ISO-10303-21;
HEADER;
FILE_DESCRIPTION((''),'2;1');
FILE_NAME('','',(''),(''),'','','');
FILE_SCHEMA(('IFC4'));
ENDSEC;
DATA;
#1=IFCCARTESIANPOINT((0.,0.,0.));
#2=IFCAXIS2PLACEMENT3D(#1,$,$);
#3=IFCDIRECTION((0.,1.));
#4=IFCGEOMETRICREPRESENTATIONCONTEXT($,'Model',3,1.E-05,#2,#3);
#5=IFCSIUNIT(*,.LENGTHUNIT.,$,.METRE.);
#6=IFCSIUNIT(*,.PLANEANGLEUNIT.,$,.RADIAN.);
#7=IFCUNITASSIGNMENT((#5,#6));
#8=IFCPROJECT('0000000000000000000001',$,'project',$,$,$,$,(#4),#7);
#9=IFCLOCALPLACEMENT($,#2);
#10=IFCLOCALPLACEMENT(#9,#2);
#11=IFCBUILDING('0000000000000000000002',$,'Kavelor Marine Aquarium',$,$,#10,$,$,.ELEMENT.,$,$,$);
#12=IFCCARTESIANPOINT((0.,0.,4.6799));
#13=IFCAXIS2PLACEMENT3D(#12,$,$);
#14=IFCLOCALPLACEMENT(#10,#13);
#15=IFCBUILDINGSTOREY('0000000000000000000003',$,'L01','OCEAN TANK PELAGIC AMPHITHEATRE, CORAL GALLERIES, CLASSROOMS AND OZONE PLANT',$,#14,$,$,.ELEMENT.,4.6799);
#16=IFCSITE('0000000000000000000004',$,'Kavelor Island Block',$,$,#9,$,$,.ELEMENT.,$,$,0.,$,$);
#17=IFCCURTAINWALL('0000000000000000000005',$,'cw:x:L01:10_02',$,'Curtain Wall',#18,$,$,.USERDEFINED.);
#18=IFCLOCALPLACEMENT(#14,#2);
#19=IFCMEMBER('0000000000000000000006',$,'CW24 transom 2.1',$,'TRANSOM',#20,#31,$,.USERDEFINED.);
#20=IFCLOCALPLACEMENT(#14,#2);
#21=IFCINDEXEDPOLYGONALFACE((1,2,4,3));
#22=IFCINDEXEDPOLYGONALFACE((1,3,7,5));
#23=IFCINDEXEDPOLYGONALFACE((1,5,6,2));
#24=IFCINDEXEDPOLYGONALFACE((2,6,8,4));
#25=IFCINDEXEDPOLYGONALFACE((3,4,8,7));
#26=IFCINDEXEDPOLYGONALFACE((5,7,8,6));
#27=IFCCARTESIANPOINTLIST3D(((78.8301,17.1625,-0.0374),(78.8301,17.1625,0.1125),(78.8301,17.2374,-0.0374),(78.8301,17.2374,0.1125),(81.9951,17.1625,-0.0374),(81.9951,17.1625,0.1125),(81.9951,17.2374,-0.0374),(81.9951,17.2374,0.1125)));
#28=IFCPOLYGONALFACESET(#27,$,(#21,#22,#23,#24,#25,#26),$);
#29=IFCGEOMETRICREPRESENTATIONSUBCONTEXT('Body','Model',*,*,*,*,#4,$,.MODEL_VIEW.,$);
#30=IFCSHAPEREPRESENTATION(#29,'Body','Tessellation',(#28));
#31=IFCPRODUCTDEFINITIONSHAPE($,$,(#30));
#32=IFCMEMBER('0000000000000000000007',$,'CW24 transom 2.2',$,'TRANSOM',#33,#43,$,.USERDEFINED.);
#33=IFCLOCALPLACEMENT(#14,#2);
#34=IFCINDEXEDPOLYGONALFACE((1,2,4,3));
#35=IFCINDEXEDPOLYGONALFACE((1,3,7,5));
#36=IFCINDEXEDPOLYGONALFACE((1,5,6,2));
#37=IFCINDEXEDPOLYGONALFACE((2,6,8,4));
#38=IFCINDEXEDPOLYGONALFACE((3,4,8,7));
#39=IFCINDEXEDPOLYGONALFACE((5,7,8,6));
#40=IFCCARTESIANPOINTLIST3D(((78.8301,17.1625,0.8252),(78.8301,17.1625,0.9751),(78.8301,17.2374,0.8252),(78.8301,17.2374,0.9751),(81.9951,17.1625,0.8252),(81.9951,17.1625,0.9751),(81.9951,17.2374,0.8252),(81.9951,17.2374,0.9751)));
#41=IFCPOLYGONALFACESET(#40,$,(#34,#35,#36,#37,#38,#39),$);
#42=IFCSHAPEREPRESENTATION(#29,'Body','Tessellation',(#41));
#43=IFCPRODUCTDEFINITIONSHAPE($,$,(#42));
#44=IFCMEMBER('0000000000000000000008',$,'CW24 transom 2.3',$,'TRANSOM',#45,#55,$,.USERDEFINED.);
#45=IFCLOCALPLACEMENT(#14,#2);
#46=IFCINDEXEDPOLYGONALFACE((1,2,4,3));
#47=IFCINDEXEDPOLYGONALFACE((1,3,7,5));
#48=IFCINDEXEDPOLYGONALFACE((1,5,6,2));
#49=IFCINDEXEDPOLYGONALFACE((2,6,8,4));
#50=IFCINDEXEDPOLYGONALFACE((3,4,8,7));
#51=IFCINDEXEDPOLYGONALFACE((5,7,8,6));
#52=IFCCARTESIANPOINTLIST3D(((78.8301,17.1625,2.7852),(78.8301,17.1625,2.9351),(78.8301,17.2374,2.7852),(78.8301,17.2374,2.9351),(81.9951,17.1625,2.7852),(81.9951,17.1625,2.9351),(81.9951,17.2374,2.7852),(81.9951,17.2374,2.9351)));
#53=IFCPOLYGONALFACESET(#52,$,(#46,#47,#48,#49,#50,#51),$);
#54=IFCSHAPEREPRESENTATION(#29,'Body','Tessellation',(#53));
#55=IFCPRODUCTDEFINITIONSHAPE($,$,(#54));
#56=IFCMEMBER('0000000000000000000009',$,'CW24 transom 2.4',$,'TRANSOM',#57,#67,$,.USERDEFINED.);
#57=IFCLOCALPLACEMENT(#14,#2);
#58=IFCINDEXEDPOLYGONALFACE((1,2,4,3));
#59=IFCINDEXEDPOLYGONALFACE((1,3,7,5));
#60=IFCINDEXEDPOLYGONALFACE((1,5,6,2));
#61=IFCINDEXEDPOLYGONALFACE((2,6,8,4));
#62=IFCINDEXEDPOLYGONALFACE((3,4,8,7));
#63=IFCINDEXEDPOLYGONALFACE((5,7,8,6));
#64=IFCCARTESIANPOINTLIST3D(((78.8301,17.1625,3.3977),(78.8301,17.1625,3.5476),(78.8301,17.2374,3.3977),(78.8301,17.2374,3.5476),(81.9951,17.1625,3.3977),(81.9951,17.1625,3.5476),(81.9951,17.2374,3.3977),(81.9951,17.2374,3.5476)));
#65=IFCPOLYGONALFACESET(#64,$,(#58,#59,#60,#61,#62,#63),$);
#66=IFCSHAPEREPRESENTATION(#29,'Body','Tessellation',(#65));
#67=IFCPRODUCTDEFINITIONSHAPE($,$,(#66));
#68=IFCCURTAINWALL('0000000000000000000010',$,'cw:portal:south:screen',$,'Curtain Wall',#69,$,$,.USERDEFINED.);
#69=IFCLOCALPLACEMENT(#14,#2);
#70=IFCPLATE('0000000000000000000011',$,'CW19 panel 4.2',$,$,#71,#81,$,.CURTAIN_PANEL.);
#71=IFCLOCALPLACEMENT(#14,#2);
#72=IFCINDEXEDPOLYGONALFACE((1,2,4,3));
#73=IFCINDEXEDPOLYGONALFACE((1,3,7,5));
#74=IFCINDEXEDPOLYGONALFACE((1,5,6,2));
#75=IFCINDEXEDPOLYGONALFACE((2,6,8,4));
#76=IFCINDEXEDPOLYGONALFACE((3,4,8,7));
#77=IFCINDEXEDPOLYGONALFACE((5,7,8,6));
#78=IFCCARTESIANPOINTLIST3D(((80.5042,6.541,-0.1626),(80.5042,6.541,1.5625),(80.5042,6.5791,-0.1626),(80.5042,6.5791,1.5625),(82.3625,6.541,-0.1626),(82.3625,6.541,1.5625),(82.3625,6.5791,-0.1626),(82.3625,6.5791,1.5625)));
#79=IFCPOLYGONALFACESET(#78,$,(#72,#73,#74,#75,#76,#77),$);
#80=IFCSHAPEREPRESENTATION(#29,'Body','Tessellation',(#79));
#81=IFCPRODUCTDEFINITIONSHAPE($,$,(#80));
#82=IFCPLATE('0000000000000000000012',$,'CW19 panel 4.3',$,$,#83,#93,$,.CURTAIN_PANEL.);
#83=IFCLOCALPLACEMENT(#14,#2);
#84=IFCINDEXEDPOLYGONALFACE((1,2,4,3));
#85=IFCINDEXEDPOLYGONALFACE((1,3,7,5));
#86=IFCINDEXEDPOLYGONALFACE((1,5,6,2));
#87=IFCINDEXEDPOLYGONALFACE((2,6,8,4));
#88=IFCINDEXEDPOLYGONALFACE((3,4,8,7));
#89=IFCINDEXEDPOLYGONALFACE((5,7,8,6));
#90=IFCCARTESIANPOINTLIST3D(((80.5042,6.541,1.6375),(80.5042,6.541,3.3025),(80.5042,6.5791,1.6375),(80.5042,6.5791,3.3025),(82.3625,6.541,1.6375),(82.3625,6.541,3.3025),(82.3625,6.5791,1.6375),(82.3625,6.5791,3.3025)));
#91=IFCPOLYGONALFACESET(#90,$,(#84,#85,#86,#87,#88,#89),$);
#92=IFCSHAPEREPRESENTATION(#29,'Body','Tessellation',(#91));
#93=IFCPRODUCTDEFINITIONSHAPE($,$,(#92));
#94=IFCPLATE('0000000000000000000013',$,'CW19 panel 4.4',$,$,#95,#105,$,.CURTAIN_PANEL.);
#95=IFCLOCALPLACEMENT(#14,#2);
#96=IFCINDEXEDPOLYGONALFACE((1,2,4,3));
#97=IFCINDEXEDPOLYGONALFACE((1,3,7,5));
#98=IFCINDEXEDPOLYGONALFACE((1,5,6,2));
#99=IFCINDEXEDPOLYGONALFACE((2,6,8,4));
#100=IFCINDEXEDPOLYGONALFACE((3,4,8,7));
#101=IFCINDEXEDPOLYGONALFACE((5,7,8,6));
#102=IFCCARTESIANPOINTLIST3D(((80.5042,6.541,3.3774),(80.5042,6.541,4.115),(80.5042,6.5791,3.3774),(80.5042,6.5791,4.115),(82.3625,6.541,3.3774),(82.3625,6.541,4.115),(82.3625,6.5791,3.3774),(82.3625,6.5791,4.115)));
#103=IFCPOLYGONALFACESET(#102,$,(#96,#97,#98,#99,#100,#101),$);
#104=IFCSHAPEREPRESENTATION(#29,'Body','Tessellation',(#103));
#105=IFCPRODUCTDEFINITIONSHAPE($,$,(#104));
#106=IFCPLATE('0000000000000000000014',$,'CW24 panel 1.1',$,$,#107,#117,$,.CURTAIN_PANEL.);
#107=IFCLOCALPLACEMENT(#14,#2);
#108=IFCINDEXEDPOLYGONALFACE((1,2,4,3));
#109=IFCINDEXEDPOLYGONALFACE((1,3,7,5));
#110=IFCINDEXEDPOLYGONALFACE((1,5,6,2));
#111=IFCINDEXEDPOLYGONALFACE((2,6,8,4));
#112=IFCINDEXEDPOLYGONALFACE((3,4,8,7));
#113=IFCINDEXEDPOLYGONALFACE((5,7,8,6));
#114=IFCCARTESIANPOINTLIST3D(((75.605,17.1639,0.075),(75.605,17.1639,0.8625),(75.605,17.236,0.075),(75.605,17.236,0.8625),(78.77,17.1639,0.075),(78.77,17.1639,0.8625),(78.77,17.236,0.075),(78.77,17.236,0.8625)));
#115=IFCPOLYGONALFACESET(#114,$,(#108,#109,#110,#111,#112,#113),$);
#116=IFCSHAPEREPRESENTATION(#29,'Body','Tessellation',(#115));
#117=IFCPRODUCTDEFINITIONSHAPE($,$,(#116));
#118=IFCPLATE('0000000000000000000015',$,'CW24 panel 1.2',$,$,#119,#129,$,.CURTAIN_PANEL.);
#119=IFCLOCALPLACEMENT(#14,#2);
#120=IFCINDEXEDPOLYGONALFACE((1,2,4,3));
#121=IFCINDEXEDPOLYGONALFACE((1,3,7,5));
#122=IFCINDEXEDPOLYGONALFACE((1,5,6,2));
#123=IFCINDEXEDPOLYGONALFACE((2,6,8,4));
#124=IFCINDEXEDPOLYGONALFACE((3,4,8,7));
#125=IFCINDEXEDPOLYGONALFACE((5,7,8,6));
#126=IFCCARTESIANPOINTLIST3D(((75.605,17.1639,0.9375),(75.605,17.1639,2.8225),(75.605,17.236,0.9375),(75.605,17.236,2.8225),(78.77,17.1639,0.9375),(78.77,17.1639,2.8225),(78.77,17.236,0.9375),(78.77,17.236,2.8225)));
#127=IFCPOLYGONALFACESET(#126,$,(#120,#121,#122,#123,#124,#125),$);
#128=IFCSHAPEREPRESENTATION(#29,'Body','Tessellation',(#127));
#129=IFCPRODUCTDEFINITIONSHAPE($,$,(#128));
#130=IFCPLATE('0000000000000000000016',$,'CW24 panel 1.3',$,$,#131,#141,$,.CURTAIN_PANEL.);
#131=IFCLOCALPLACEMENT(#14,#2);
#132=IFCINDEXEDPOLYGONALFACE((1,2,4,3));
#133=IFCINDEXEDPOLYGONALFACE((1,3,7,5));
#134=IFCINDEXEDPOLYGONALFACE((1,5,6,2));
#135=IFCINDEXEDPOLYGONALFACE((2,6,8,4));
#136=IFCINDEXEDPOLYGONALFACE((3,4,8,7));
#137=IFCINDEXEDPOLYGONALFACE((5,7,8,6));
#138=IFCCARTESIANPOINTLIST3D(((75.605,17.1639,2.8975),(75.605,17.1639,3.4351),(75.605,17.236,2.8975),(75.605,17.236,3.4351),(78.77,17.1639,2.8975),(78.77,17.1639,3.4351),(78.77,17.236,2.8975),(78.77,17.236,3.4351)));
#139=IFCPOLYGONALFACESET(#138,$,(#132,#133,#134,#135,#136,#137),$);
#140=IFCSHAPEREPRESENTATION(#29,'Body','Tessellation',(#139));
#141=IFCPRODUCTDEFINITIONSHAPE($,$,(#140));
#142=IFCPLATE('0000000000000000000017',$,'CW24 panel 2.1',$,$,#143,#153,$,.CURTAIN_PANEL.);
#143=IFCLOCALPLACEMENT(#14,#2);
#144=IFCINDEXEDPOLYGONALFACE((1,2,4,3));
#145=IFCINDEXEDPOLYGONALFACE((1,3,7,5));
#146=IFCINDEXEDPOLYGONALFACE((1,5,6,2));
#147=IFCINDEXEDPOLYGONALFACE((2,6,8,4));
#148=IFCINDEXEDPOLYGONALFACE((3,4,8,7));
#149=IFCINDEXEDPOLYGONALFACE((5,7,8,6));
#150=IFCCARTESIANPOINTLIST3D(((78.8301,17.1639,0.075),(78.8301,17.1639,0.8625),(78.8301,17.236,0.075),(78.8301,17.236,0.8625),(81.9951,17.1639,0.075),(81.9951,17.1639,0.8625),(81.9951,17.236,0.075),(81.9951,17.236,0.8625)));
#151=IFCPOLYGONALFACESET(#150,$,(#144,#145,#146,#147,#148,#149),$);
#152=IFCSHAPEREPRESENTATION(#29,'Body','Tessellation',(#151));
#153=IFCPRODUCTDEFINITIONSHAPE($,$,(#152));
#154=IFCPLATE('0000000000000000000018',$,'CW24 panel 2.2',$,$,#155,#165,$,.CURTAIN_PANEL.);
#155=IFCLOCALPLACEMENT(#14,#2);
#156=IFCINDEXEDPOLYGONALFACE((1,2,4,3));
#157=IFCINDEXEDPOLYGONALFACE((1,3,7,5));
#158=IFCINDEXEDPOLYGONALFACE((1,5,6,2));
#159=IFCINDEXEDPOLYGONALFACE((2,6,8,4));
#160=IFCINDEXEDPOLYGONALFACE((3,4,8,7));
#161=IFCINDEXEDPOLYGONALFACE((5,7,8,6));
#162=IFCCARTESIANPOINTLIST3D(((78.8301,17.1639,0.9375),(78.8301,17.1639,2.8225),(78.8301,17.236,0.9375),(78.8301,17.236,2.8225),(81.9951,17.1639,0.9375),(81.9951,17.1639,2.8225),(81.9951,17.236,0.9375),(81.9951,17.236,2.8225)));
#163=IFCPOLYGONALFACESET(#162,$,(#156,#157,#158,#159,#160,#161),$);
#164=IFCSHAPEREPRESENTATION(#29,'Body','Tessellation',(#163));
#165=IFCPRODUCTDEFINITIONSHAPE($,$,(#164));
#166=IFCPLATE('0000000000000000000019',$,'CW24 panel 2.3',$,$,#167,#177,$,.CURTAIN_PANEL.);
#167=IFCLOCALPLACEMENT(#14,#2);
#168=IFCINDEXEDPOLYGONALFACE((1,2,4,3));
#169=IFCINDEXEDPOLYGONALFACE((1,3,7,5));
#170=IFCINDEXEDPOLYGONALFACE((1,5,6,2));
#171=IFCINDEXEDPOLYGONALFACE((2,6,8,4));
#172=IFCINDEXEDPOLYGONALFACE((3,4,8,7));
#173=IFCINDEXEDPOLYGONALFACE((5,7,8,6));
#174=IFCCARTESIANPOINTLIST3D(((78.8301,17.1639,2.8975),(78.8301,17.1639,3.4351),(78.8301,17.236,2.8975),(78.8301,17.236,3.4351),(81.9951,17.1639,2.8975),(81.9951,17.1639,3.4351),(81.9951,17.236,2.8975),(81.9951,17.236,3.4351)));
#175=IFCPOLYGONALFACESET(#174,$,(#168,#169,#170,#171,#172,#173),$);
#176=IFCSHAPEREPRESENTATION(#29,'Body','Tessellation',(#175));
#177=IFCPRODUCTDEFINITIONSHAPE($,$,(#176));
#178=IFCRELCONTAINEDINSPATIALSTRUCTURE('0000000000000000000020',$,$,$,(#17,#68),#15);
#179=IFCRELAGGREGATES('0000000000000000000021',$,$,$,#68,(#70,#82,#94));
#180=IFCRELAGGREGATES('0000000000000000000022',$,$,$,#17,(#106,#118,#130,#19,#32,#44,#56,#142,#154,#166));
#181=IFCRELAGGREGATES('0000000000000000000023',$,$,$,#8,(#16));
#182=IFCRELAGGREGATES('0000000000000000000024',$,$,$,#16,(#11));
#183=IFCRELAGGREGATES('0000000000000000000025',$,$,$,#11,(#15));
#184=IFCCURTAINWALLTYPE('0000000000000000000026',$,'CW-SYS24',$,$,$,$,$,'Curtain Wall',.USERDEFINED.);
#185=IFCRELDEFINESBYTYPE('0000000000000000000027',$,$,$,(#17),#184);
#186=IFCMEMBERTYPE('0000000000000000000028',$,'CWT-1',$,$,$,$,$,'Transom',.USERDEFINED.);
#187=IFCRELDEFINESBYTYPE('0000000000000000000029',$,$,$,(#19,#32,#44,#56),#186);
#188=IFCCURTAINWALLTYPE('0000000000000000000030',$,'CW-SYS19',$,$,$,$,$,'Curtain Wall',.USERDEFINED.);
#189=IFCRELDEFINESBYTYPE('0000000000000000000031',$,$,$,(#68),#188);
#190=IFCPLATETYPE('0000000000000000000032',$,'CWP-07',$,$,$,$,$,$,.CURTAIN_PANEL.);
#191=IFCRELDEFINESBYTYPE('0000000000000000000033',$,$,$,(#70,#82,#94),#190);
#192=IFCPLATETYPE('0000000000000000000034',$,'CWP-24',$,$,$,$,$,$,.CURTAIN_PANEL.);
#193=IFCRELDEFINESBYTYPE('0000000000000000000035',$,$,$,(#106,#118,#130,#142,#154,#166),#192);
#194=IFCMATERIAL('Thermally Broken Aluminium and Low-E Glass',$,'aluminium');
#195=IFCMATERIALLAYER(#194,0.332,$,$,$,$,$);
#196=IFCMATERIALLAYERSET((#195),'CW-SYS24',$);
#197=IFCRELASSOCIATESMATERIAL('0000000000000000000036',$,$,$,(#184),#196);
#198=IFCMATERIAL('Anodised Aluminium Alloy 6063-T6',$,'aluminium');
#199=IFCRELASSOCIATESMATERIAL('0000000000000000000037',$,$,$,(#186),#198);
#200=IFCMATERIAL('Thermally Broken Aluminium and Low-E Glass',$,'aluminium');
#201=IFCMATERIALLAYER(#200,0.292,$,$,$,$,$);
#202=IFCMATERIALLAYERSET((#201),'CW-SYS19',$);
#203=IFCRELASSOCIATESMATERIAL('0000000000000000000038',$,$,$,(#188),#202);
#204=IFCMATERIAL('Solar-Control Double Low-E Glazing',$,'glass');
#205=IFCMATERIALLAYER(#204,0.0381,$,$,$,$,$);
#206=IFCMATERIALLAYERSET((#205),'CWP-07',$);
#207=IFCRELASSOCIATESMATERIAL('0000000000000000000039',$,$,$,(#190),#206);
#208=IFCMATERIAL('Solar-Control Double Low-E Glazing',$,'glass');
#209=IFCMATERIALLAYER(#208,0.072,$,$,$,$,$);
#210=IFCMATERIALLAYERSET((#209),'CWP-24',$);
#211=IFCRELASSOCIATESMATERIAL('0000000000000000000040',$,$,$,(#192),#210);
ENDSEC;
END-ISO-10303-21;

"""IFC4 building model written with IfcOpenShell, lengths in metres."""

from ifc_helpers import new_model, si_unit, direction, frame, origin, origin_2d, place, context, subcontext, project, spatial, rectangle, extrude, material, layer, layer_set, material_profile, profile_set, type_object, element, aggregate, save


model = new_model("IFC4")

# Units and contexts
model_context = context("Model", 3, precision=1e-05, world=origin(), true_north=direction((0.0, 1.0)))
body_context = subcontext(model_context, "Body", "Model", "MODEL_VIEW")
ifc_project = project(units=[si_unit("LENGTHUNIT", "METRE"), si_unit("PLANEANGLEUNIT", "RADIAN")], contexts=[model_context])

# Site, building, storey
site_placement = place(None, origin())
site = spatial("IfcSite", under=ifc_project, at=site_placement, Name="Kavelor Island Block", CompositionType="ELEMENT", RefElevation=0.0)
building_placement = place(site_placement, origin())
building = spatial("IfcBuilding", under=site, at=building_placement, Name="Kavelor Marine Aquarium", CompositionType="ELEMENT")
storey_placement = place(building_placement, frame((0.0, 0.0, 4.6799)))
storey = spatial("IfcBuildingStorey", under=building, at=storey_placement, Name="L01", Description="OCEAN TANK PELAGIC AMPHITHEATRE, CORAL GALLERIES, CLASSROOMS AND OZONE PLANT", CompositionType="ELEMENT", Elevation=4.6799)

# Curtain wall, members
ifc_material_1 = material(Name="Thermally Broken Aluminium and Low-E Glass", Category="aluminium")
ifc_layer_1 = layer(ifc_material_1, 0.332)
ifc_layer_set_1 = layer_set([ifc_layer_1], Name="CW-SYS24")
curtain_wall_type_1 = type_object("IfcCurtainWallType", Name="CW-SYS24", ElementType="Curtain Wall", PredefinedType="USERDEFINED", material=ifc_layer_set_1)
curtain_wall_1_placement = place(storey_placement, origin())
curtain_wall_1 = element("IfcCurtainWall", 1, at=curtain_wall_1_placement, inside=storey, type_object=curtain_wall_type_1, Name="cw:x:L01:10_02", ObjectType="Curtain Wall", PredefinedType="USERDEFINED")
ifc_material_2 = material(Name="Anodised Aluminium Alloy 6063-T6", Category="aluminium")
ifc_material_profile_1 = material_profile(ifc_material_2, rectangle(XDim=0.075, YDim=0.1499, at=origin_2d()), Name="CW-TRN 75x150")
ifc_profile_set_1 = profile_set([ifc_material_profile_1], Name="Anodised Aluminium Alloy 6063-T6")
member_type_1 = type_object("IfcMemberType", Name="CWT-1", ElementType="Transom", PredefinedType="USERDEFINED", material=ifc_profile_set_1)
member_1_placement = place(storey_placement, frame((78.8301, 17.2, 0.0376), z_axis=(1.0, 0.0, 0.0), x_axis=(0.0, 1.0, 0.0)))
member_1 = element("IfcMember", 2, at=member_1_placement, type_object=member_type_1, Name="CW24 transom 2.1", ObjectType="TRANSOM", PredefinedType="USERDEFINED", context=body_context, shape_type="SweptSolid", body=[
    extrude(rectangle(XDim=0.075, YDim=0.1499, at=origin_2d()), origin(), (0.0, 0.0, 1.0), 3.165),
])
member_2_placement = place(storey_placement, frame((78.8301, 17.2, 0.9001), z_axis=(1.0, 0.0, 0.0), x_axis=(0.0, 1.0, 0.0)))
member_2 = element("IfcMember", 3, at=member_2_placement, type_object=member_type_1, Name="CW24 transom 2.2", ObjectType="TRANSOM", PredefinedType="USERDEFINED", context=body_context, shape_type="SweptSolid", body=[
    extrude(rectangle(XDim=0.075, YDim=0.1499, at=origin_2d()), origin(), (0.0, 0.0, 1.0), 3.165),
])
member_3_placement = place(storey_placement, frame((78.8301, 17.2, 2.8601), z_axis=(1.0, 0.0, 0.0), x_axis=(0.0, 1.0, 0.0)))
member_3 = element("IfcMember", 4, at=member_3_placement, type_object=member_type_1, Name="CW24 transom 2.3", ObjectType="TRANSOM", PredefinedType="USERDEFINED", context=body_context, shape_type="SweptSolid", body=[
    extrude(rectangle(XDim=0.075, YDim=0.1499, at=origin_2d()), origin(), (0.0, 0.0, 1.0), 3.165),
])
member_4_placement = place(storey_placement, frame((78.8301, 17.2, 3.4727), z_axis=(1.0, 0.0, 0.0), x_axis=(0.0, 1.0, 0.0)))
member_4 = element("IfcMember", 5, at=member_4_placement, type_object=member_type_1, Name="CW24 transom 2.4", ObjectType="TRANSOM", PredefinedType="USERDEFINED", context=body_context, shape_type="SweptSolid", body=[
    extrude(rectangle(XDim=0.075, YDim=0.1499, at=origin_2d()), origin(), (0.0, 0.0, 1.0), 3.165),
])

# Curtain wall, plates
ifc_material_3 = material(Name="Thermally Broken Aluminium and Low-E Glass", Category="aluminium")
ifc_layer_2 = layer(ifc_material_3, 0.292)
ifc_layer_set_2 = layer_set([ifc_layer_2], Name="CW-SYS19")
curtain_wall_type_2 = type_object("IfcCurtainWallType", Name="CW-SYS19", ElementType="Curtain Wall", PredefinedType="USERDEFINED", material=ifc_layer_set_2)
curtain_wall_2_placement = place(storey_placement, origin())
curtain_wall_2 = element("IfcCurtainWall", 6, at=curtain_wall_2_placement, inside=storey, type_object=curtain_wall_type_2, Name="cw:portal:south:screen", ObjectType="Curtain Wall", PredefinedType="USERDEFINED")
ifc_material_4 = material(Name="Solar-Control Double Low-E Glazing", Category="glass")
ifc_layer_3 = layer(ifc_material_4, 0.0381)
ifc_layer_set_3 = layer_set([ifc_layer_3], Name="CWP-07")
plate_type_1 = type_object("IfcPlateType", Name="CWP-07", PredefinedType="CURTAIN_PANEL", material=ifc_layer_set_3)
plate_1_placement = place(storey_placement, frame((81.4333, 6.5601, -0.1626), z_axis=(0.0, 0.0, 1.0), x_axis=(-1.0, 0.0, 0.0)))
plate_1 = element("IfcPlate", 7, at=plate_1_placement, type_object=plate_type_1, Name="CW19 panel 4.2", PredefinedType="CURTAIN_PANEL", context=body_context, shape_type="SweptSolid", body=[
    extrude(rectangle(XDim=1.8584, YDim=0.0381, at=origin_2d()), origin(), (0.0, 0.0, 1.0), 1.7251),
])
plate_2_placement = place(storey_placement, frame((81.4333, 6.5601, 1.6375), z_axis=(0.0, 0.0, 1.0), x_axis=(-1.0, 0.0, 0.0)))
plate_2 = element("IfcPlate", 8, at=plate_2_placement, type_object=plate_type_1, Name="CW19 panel 4.3", PredefinedType="CURTAIN_PANEL", context=body_context, shape_type="SweptSolid", body=[
    extrude(rectangle(XDim=1.8584, YDim=0.0381, at=origin_2d()), origin(), (0.0, 0.0, 1.0), 1.665),
])
plate_3_placement = place(storey_placement, frame((81.4333, 6.5601, 3.3774), z_axis=(0.0, 0.0, 1.0), x_axis=(-1.0, 0.0, 0.0)))
plate_3 = element("IfcPlate", 9, at=plate_3_placement, type_object=plate_type_1, Name="CW19 panel 4.4", PredefinedType="CURTAIN_PANEL", context=body_context, shape_type="SweptSolid", body=[
    extrude(rectangle(XDim=1.8584, YDim=0.0381, at=origin_2d()), origin(), (0.0, 0.0, 1.0), 0.7375),
])
aggregate(curtain_wall_2, [plate_1, plate_2, plate_3])

# Plates
ifc_material_5 = material(Name="Solar-Control Double Low-E Glazing", Category="glass")
ifc_layer_4 = layer(ifc_material_5, 0.072)
ifc_layer_set_4 = layer_set([ifc_layer_4], Name="CWP-24")
plate_type_2 = type_object("IfcPlateType", Name="CWP-24", PredefinedType="CURTAIN_PANEL", material=ifc_layer_set_4)
plate_4_placement = place(storey_placement, frame((77.1875, 17.2, 0.075), z_axis=(0.0, 0.0, 1.0), x_axis=(1.0, 0.0, 0.0)))
plate_4 = element("IfcPlate", 10, at=plate_4_placement, type_object=plate_type_2, Name="CW24 panel 1.1", PredefinedType="CURTAIN_PANEL", context=body_context, shape_type="SweptSolid", body=[
    extrude(rectangle(XDim=3.165, YDim=0.072, at=origin_2d()), origin(), (0.0, 0.0, 1.0), 0.7876),
])
plate_5_placement = place(storey_placement, frame((77.1875, 17.2, 0.9375), z_axis=(0.0, 0.0, 1.0), x_axis=(1.0, 0.0, 0.0)))
plate_5 = element("IfcPlate", 11, at=plate_5_placement, type_object=plate_type_2, Name="CW24 panel 1.2", PredefinedType="CURTAIN_PANEL", context=body_context, shape_type="SweptSolid", body=[
    extrude(rectangle(XDim=3.165, YDim=0.072, at=origin_2d()), origin(), (0.0, 0.0, 1.0), 1.885),
])
plate_6_placement = place(storey_placement, frame((77.1875, 17.2, 2.8975), z_axis=(0.0, 0.0, 1.0), x_axis=(1.0, 0.0, 0.0)))
plate_6 = element("IfcPlate", 12, at=plate_6_placement, type_object=plate_type_2, Name="CW24 panel 1.3", PredefinedType="CURTAIN_PANEL", context=body_context, shape_type="SweptSolid", body=[
    extrude(rectangle(XDim=3.165, YDim=0.072, at=origin_2d()), origin(), (0.0, 0.0, 1.0), 0.5376),
])
plate_7_placement = place(storey_placement, frame((80.4126, 17.2, 0.075), z_axis=(0.0, 0.0, 1.0), x_axis=(1.0, 0.0, 0.0)))
plate_7 = element("IfcPlate", 13, at=plate_7_placement, type_object=plate_type_2, Name="CW24 panel 2.1", PredefinedType="CURTAIN_PANEL", context=body_context, shape_type="SweptSolid", body=[
    extrude(rectangle(XDim=3.165, YDim=0.072, at=origin_2d()), origin(), (0.0, 0.0, 1.0), 0.7876),
])
plate_8_placement = place(storey_placement, frame((80.4126, 17.2, 0.9375), z_axis=(0.0, 0.0, 1.0), x_axis=(1.0, 0.0, 0.0)))
plate_8 = element("IfcPlate", 14, at=plate_8_placement, type_object=plate_type_2, Name="CW24 panel 2.2", PredefinedType="CURTAIN_PANEL", context=body_context, shape_type="SweptSolid", body=[
    extrude(rectangle(XDim=3.165, YDim=0.072, at=origin_2d()), origin(), (0.0, 0.0, 1.0), 1.885),
])
plate_9_placement = place(storey_placement, frame((80.4126, 17.2, 2.8975), z_axis=(0.0, 0.0, 1.0), x_axis=(1.0, 0.0, 0.0)))
plate_9 = element("IfcPlate", 15, at=plate_9_placement, type_object=plate_type_2, Name="CW24 panel 2.3", PredefinedType="CURTAIN_PANEL", context=body_context, shape_type="SweptSolid", body=[
    extrude(rectangle(XDim=3.165, YDim=0.072, at=origin_2d()), origin(), (0.0, 0.0, 1.0), 0.5376),
])
aggregate(curtain_wall_1, [plate_4, plate_5, plate_6, member_1, member_2, member_3, member_4, plate_7, plate_8, plate_9])

save(model, "model.ifc")
